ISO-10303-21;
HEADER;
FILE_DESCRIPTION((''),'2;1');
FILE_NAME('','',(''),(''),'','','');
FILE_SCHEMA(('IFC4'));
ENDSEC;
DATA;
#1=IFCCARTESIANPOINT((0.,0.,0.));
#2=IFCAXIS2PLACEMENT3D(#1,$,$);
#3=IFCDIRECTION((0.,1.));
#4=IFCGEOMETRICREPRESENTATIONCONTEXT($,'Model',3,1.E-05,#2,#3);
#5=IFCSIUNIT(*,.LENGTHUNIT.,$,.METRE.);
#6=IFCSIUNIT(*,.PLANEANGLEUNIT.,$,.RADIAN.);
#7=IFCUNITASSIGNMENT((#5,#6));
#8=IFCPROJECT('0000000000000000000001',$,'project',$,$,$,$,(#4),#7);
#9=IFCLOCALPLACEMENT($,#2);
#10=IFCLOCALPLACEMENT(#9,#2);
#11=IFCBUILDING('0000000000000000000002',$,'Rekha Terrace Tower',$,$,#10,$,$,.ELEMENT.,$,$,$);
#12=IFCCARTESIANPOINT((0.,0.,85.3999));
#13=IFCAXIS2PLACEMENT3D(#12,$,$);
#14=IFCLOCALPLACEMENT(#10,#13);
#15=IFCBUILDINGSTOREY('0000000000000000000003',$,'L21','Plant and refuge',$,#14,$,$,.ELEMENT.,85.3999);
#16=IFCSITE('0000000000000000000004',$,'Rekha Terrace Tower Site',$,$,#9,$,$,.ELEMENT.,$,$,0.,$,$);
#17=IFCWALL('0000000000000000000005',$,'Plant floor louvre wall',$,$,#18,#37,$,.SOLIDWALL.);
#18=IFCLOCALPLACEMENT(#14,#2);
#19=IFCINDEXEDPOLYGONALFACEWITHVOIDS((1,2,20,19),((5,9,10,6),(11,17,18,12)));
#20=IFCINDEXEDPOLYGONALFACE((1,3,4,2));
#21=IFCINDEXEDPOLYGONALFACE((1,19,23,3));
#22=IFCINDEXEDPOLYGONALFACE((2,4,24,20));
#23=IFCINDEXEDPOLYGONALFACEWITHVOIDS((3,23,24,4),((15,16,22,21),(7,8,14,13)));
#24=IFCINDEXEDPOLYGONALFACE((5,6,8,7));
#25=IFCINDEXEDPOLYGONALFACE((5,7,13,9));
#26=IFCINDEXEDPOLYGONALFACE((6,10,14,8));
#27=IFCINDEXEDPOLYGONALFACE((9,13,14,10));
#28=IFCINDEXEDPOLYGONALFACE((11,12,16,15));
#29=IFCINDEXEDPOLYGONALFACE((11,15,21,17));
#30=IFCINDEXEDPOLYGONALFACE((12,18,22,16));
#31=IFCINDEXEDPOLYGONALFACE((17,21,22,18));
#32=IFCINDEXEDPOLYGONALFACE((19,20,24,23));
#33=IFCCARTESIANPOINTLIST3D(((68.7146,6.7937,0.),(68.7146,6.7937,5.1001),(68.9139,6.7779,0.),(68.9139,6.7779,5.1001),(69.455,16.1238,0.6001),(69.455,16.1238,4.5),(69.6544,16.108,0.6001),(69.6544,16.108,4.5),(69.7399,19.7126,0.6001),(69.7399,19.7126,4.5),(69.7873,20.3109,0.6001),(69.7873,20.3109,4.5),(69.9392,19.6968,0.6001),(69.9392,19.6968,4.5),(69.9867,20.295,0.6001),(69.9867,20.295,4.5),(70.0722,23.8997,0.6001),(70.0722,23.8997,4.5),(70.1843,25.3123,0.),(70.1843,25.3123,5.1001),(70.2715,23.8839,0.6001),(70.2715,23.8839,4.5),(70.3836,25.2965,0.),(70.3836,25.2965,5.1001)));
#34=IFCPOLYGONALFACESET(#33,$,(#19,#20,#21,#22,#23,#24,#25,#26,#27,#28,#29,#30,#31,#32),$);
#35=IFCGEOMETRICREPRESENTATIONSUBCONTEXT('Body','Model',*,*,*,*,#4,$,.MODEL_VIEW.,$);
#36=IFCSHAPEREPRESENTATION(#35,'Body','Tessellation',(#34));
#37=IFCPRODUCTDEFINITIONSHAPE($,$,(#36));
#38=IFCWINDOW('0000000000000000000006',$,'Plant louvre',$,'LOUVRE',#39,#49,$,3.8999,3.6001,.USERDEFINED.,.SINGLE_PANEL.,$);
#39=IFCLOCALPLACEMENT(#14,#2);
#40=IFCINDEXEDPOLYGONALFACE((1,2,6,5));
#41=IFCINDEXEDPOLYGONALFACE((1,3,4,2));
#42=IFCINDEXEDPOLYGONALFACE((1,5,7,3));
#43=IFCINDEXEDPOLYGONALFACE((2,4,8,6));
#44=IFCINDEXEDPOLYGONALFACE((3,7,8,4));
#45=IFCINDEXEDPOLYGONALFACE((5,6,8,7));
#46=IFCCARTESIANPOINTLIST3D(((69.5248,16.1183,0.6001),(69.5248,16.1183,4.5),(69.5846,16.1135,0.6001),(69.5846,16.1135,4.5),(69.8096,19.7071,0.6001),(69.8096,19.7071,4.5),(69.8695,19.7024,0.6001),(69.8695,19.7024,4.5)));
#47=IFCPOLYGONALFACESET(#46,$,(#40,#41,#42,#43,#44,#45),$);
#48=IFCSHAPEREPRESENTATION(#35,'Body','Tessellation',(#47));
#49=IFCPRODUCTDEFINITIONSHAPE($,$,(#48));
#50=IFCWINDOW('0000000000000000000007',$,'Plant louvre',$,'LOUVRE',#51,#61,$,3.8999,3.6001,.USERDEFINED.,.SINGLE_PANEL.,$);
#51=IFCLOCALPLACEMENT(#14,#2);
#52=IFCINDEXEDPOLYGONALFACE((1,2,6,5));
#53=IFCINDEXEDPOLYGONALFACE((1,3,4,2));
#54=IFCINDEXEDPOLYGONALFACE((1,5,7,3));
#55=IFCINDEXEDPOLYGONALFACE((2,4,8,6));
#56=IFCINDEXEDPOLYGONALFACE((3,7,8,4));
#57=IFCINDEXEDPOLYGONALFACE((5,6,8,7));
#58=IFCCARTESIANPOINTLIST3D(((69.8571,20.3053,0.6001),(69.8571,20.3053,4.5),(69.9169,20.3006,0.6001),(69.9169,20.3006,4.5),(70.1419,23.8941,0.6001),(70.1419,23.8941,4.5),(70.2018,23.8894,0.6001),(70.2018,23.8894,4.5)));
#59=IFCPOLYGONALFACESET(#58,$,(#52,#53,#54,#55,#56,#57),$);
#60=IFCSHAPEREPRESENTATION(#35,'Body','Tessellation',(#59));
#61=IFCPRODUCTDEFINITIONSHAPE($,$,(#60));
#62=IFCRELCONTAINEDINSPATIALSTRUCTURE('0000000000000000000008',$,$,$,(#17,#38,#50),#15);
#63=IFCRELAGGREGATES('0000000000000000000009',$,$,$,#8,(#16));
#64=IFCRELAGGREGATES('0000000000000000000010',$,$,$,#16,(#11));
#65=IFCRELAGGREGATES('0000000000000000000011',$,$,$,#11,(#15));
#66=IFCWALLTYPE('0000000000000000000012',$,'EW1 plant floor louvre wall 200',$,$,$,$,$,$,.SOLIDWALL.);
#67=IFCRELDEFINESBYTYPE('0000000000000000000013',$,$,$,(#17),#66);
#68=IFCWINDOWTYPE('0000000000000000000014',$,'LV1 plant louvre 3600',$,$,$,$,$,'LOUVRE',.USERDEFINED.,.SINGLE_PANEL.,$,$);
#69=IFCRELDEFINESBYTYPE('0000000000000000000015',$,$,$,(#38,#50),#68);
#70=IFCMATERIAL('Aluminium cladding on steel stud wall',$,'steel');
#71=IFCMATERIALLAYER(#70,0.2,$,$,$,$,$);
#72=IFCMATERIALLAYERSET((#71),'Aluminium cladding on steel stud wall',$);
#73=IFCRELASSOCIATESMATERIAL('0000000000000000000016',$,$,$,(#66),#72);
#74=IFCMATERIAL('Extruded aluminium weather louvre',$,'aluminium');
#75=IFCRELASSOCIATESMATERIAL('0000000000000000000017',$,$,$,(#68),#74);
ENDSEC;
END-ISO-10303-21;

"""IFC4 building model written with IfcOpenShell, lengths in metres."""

from ifc_helpers import new_model, si_unit, direction, frame, frame_2d, origin, place, context, subcontext, project, spatial, rectangle, extrude, material, layer, layer_set, type_object, element, fill, save


model = new_model("IFC4")

# Units and contexts
model_context = context("Model", 3, precision=1e-05, world=origin(), true_north=direction((0.0, 1.0)))
body_context = subcontext(model_context, "Body", "Model", "MODEL_VIEW")
ifc_project = project(units=[si_unit("LENGTHUNIT", "METRE"), si_unit("PLANEANGLEUNIT", "RADIAN")], contexts=[model_context])

# Site, building, storey
site_placement = place(None, origin())
site = spatial("IfcSite", under=ifc_project, at=site_placement, Name="Rekha Terrace Tower Site", CompositionType="ELEMENT", RefElevation=0.0)
building_placement = place(site_placement, origin())
building = spatial("IfcBuilding", under=site, at=building_placement, Name="Rekha Terrace Tower", CompositionType="ELEMENT")
storey_placement = place(building_placement, frame((0.0, 0.0, 85.3999)))
storey = spatial("IfcBuildingStorey", under=building, at=storey_placement, Name="L21", Description="Plant and refuge", CompositionType="ELEMENT", Elevation=85.3999)

# Wall, openings, windows
ifc_material_1 = material(Name="Aluminium cladding on steel stud wall", Category="steel")
ifc_layer = layer(ifc_material_1, 0.2)
ifc_layer_set = layer_set([ifc_layer], Name="Aluminium cladding on steel stud wall")
wall_type = type_object("IfcWallType", Name="EW1 plant floor louvre wall 200", PredefinedType="SOLIDWALL", material=ifc_layer_set)
wall_placement = place(storey_placement, frame((68.8142, 6.7856, 0.0), z_axis=(0.0, 0.0, 1.0), x_axis=(0.079116, 0.996865, 0.0)))
wall = element("IfcWall", 1, at=wall_placement, inside=storey, type_object=wall_type, Name="Plant floor louvre wall", PredefinedType="SOLIDWALL", context=body_context, shape_type="SweptSolid", body=[
    extrude(rectangle(XDim=18.5769, YDim=0.2, at=frame_2d((9.2886, 0.0))), origin(), (0.0, 0.0, 1.0), 5.1001),
])
opening_1_placement = place(wall_placement, frame((9.3596, 0.0, 0.6001)))
opening_1 = element("IfcOpeningElement", 2, at=opening_1_placement, cuts=wall, PredefinedType="OPENING", context=body_context, shape_type="SweptSolid", body=[
    extrude(rectangle(XDim=3.6001, YDim=3.8999, at=frame_2d((1.8, 1.95))), frame((0.0, 0.1099, 0.0), z_axis=(0.0, -1.0, 0.0), x_axis=(1.0, 0.0, 0.0)), (0.0, 0.0, 1.0), 0.22),
])
opening_2_placement = place(wall_placement, frame((13.5598, 0.0, 0.6001)))
opening_2 = element("IfcOpeningElement", 3, at=opening_2_placement, cuts=wall, PredefinedType="OPENING", context=body_context, shape_type="SweptSolid", body=[
    extrude(rectangle(XDim=3.6001, YDim=3.8999, at=frame_2d((1.8, 1.95))), frame((0.0, 0.1099, 0.0), z_axis=(0.0, -1.0, 0.0), x_axis=(1.0, 0.0, 0.0)), (0.0, 0.0, 1.0), 0.22),
])
ifc_material_2 = material(Name="Extruded aluminium weather louvre", Category="aluminium")
window_type = type_object("IfcWindowType", Name="LV1 plant louvre 3600", ElementType="LOUVRE", PartitioningType="SINGLE_PANEL", PredefinedType="USERDEFINED", material=ifc_material_2)
window_1_placement = place(opening_1_placement, origin())
window_1 = element("IfcWindow", 4, at=window_1_placement, inside=storey, type_object=window_type, Name="Plant louvre", ObjectType="LOUVRE", OverallHeight=3.8999, OverallWidth=3.6001, PartitioningType="SINGLE_PANEL", PredefinedType="USERDEFINED", context=body_context, shape_type="SweptSolid", body=[
    extrude(rectangle(XDim=3.6001, YDim=3.8999, at=frame_2d((1.8, 1.95))), frame((0.0, 0.03, 0.0), z_axis=(0.0, -1.0, 0.0), x_axis=(1.0, 0.0, 0.0)), (0.0, 0.0, 1.0), 0.0601),
])
fill(opening_1, window_1)
window_2_placement = place(opening_2_placement, origin())
window_2 = element("IfcWindow", 5, at=window_2_placement, inside=storey, type_object=window_type, Name="Plant louvre", ObjectType="LOUVRE", OverallHeight=3.8999, OverallWidth=3.6001, PartitioningType="SINGLE_PANEL", PredefinedType="USERDEFINED", context=body_context, shape_type="SweptSolid", body=[
    extrude(rectangle(XDim=3.6001, YDim=3.8999, at=frame_2d((1.8, 1.95))), frame((0.0, 0.03, 0.0), z_axis=(0.0, -1.0, 0.0), x_axis=(1.0, 0.0, 0.0)), (0.0, 0.0, 1.0), 0.0601),
])
fill(opening_2, window_2)

save(model, "model.ifc")
